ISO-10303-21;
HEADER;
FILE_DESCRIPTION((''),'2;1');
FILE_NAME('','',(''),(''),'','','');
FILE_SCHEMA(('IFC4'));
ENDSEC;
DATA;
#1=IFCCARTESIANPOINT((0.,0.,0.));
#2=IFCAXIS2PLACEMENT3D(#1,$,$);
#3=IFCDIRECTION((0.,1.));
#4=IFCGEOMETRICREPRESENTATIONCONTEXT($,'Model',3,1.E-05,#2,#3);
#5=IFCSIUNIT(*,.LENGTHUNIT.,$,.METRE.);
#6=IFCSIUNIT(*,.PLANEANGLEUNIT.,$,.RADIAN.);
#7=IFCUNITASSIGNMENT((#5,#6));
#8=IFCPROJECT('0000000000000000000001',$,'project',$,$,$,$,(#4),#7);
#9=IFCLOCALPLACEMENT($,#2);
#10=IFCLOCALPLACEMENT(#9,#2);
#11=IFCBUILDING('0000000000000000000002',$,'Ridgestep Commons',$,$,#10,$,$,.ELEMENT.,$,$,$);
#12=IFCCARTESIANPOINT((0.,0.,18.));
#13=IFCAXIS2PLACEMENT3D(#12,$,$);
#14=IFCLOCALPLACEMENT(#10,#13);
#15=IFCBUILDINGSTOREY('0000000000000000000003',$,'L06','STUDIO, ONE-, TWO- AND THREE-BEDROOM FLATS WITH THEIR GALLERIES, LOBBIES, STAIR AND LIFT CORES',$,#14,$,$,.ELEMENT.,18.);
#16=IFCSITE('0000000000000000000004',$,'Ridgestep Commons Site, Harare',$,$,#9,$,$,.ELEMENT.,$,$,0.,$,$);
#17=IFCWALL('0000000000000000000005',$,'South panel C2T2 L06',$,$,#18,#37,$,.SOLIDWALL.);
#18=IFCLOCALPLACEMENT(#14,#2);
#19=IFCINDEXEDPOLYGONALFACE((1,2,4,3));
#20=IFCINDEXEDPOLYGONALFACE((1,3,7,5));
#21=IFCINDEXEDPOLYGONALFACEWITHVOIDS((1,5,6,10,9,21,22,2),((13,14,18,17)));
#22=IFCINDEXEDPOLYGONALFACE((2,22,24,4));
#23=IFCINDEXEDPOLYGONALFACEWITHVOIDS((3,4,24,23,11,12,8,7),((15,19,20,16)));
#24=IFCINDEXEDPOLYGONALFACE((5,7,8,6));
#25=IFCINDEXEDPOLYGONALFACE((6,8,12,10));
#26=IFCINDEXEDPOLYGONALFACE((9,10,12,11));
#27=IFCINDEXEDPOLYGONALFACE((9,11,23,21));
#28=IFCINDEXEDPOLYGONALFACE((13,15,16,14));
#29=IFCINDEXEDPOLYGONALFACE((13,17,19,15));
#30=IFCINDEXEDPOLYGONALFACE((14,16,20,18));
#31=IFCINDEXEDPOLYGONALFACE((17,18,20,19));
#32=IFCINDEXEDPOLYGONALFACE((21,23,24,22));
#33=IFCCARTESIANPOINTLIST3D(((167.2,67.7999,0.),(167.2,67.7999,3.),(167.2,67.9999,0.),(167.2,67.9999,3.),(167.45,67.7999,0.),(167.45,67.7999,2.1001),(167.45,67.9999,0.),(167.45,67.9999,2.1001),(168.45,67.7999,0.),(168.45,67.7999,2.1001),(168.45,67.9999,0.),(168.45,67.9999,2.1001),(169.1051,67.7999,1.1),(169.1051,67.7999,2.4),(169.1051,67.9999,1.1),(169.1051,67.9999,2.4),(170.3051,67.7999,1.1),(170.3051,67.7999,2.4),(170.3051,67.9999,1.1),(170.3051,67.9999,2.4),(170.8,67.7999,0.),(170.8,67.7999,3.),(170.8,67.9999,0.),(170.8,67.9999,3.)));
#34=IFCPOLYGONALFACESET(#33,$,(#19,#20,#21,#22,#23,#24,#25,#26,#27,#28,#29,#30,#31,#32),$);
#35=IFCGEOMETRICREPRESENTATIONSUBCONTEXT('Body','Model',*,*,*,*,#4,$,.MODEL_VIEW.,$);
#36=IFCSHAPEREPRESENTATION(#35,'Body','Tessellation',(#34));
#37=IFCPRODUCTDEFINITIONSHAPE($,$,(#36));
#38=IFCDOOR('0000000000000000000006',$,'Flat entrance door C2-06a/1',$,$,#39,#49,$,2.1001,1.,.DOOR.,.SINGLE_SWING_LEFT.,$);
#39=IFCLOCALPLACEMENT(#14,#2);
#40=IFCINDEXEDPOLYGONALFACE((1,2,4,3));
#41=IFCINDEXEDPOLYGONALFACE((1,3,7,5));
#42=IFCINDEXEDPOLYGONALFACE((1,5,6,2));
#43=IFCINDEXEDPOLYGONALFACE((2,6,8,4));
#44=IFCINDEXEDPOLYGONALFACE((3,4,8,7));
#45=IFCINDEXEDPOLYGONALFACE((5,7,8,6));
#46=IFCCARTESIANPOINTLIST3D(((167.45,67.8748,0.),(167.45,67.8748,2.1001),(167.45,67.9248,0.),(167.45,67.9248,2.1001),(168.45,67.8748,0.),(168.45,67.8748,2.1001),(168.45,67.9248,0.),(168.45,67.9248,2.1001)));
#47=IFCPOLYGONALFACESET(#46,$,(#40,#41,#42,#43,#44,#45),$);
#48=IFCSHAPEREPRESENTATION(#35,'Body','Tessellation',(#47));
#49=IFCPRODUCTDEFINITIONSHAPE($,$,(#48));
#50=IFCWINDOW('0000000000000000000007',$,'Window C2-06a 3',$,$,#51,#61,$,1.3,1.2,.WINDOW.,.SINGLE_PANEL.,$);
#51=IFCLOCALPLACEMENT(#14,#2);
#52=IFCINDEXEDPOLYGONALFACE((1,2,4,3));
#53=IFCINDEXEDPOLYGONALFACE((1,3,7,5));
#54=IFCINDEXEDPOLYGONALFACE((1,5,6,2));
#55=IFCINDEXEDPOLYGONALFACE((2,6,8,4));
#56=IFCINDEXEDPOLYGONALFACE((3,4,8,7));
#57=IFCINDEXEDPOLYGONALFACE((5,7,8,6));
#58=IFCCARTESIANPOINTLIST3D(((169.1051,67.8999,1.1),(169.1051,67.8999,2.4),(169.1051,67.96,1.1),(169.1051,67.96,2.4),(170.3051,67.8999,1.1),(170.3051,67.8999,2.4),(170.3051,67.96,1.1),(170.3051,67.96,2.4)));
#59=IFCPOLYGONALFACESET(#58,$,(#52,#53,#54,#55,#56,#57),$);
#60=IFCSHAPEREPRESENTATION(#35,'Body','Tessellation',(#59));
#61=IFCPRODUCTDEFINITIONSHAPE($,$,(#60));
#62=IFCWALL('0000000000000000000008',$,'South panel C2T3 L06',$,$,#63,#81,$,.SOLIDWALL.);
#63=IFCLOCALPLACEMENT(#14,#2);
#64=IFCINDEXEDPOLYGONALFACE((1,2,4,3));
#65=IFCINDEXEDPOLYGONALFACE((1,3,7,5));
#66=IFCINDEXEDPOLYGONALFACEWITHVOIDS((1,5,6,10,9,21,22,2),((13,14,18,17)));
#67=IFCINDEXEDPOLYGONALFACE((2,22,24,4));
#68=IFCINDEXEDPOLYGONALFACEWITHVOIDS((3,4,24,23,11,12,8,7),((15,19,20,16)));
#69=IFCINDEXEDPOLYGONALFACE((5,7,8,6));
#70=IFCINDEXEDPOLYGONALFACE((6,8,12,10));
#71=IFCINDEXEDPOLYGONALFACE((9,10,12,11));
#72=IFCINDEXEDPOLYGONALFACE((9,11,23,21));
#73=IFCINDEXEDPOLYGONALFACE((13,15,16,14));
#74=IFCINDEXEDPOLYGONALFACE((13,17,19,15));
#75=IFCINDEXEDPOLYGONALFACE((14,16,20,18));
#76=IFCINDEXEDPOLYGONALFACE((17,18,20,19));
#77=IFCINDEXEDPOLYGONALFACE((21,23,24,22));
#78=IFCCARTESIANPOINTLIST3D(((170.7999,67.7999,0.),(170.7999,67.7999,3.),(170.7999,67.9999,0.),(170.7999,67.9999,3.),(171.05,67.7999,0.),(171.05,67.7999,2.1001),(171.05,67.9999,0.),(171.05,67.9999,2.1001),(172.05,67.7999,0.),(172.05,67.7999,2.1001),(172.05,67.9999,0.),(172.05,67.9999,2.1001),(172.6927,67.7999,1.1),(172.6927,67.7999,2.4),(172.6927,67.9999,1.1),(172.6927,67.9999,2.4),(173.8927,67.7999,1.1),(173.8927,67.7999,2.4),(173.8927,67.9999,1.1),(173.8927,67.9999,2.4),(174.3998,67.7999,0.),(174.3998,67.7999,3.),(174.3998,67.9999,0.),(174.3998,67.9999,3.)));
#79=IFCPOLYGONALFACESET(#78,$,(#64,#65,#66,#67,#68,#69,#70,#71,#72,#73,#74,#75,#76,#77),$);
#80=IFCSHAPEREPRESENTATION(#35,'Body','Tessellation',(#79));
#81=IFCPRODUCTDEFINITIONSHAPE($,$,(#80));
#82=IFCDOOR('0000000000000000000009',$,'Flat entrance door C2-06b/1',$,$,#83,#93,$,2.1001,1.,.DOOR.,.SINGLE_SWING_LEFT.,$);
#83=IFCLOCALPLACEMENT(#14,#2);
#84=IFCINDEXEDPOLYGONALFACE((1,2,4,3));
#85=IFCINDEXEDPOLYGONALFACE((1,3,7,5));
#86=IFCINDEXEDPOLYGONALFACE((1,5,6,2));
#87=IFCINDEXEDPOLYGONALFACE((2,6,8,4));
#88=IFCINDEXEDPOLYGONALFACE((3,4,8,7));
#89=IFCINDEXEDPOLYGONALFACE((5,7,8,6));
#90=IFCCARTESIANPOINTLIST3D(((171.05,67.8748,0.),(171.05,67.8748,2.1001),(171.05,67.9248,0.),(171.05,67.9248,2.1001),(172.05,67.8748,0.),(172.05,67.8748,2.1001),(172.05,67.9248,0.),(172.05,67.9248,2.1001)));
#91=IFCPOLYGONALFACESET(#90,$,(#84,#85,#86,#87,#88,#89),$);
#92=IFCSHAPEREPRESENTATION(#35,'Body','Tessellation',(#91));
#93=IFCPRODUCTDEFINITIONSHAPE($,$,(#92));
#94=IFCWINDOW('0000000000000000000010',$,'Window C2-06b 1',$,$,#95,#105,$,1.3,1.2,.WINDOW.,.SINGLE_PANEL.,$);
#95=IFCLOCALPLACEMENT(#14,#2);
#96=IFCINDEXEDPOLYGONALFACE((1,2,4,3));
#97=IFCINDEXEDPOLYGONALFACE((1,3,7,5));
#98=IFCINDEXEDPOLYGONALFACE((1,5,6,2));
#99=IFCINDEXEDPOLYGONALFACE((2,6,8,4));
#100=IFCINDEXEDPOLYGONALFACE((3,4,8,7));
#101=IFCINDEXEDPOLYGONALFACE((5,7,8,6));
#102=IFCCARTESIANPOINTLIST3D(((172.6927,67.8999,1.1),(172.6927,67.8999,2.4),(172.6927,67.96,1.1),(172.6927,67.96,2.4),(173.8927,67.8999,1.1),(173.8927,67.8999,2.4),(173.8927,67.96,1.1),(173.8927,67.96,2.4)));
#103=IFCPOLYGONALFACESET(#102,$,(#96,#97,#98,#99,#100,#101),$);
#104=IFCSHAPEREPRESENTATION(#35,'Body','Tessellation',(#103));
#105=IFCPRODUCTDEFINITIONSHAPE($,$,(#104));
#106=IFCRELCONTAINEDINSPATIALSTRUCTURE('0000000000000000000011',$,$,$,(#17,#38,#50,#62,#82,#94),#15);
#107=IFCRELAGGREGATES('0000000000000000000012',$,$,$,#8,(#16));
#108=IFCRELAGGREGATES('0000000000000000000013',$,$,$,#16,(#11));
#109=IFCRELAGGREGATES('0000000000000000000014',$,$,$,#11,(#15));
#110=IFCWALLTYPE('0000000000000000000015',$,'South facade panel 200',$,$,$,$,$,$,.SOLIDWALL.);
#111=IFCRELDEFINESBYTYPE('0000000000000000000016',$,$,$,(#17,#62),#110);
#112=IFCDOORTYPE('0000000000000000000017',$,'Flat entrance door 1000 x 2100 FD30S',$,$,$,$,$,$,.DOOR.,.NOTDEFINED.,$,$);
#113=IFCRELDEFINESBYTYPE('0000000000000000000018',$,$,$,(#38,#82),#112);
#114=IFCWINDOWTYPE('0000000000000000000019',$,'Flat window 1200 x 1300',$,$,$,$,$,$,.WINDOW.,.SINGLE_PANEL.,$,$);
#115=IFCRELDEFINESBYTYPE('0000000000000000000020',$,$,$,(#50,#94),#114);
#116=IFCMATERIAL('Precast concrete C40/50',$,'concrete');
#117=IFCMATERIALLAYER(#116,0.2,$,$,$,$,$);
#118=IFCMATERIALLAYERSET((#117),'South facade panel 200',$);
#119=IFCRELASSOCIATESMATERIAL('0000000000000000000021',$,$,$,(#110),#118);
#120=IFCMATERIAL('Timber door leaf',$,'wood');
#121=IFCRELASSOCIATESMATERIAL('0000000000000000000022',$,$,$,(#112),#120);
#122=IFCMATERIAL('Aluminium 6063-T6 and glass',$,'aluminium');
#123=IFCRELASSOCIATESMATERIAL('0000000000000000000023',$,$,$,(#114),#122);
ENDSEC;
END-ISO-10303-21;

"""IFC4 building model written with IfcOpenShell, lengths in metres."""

from ifc_helpers import new_model, si_unit, direction, frame, frame_2d, origin, place, context, subcontext, project, spatial, rectangle, extrude, material, layer, layer_set, type_object, element, fill, save


model = new_model("IFC4")

# Units and contexts
model_context = context("Model", 3, precision=1e-05, world=origin(), true_north=direction((0.0, 1.0)))
body_context = subcontext(model_context, "Body", "Model", "MODEL_VIEW")
ifc_project = project(units=[si_unit("LENGTHUNIT", "METRE"), si_unit("PLANEANGLEUNIT", "RADIAN")], contexts=[model_context])

# Site, building, storey
site_placement = place(None, origin())
site = spatial("IfcSite", under=ifc_project, at=site_placement, Name="Ridgestep Commons Site, Harare", CompositionType="ELEMENT", RefElevation=0.0)
building_placement = place(site_placement, origin())
building = spatial("IfcBuilding", under=site, at=building_placement, Name="Ridgestep Commons", CompositionType="ELEMENT")
storey_placement = place(building_placement, frame((0.0, 0.0, 18.0)))
storey = spatial("IfcBuildingStorey", under=building, at=storey_placement, Name="L06", Description="STUDIO, ONE-, TWO- AND THREE-BEDROOM FLATS WITH THEIR GALLERIES, LOBBIES, STAIR AND LIFT CORES", CompositionType="ELEMENT", Elevation=18.0)

# Shared definitions
ifc_material_1 = material(Name="Precast concrete C40/50", Category="concrete")
ifc_layer_1 = layer(ifc_material_1, 0.2)
ifc_layer_set_1 = layer_set([ifc_layer_1], Name="South facade panel 200")
wall_type_1 = type_object("IfcWallType", Name="South facade panel 200", PredefinedType="SOLIDWALL", material=ifc_layer_set_1)

# Walls, openings, doors, windows
wall_1_placement = place(storey_placement, frame((167.2, 67.8999, 0.0), z_axis=(0.0, 0.0, 1.0), x_axis=(1.0, 0.0, 0.0)))
wall_1 = element("IfcWall", 1, at=wall_1_placement, inside=storey, type_object=wall_type_1, Name="South panel C2T2 L06", PredefinedType="SOLIDWALL", context=body_context, shape_type="SweptSolid", body=[
    extrude(rectangle(XDim=3.6001, YDim=0.2, at=frame_2d((1.8, 0.0))), origin(), (0.0, 0.0, 1.0), 3.0),
])
opening_1_placement = place(wall_1_placement, frame((1.905, 0.0, 1.1001)))
opening_1 = element("IfcOpeningElement", 2, at=opening_1_placement, cuts=wall_1, PredefinedType="OPENING", context=body_context, shape_type="SweptSolid", body=[
    extrude(rectangle(XDim=1.2, YDim=1.3, at=frame_2d((0.6001, 0.6499))), frame((0.0, 0.1099, 0.0), z_axis=(0.0, -1.0, 0.0), x_axis=(1.0, 0.0, 0.0)), (0.0, 0.0, 1.0), 0.22),
])
opening_2_placement = place(wall_1_placement, frame((0.25, 0.0, 0.0)))
opening_2 = element("IfcOpeningElement", 3, at=opening_2_placement, cuts=wall_1, PredefinedType="OPENING", context=body_context, shape_type="SweptSolid", body=[
    extrude(rectangle(XDim=1.0, YDim=2.1001, at=frame_2d((0.5, 1.05))), frame((0.0, 0.1099, 0.0), z_axis=(0.0, -1.0, 0.0), x_axis=(1.0, 0.0, 0.0)), (0.0, 0.0, 1.0), 0.22),
])
ifc_material_2 = material(Name="Timber door leaf", Category="wood")
door_type_1 = type_object("IfcDoorType", Name="Flat entrance door 1000 x 2100 FD30S", OperationType="NOTDEFINED", PredefinedType="DOOR", material=ifc_material_2)
door_1_placement = place(opening_2_placement, origin())
door_1 = element("IfcDoor", 4, at=door_1_placement, inside=storey, type_object=door_type_1, Name="Flat entrance door C2-06a/1", OperationType="SINGLE_SWING_LEFT", OverallHeight=2.1001, OverallWidth=1.0, PredefinedType="DOOR", context=body_context, shape_type="SweptSolid", body=[
    extrude(rectangle(XDim=1.0, YDim=2.1001, at=frame_2d((0.5, 1.05))), frame((0.0, 0.0249, 0.0), z_axis=(0.0, -1.0, 0.0), x_axis=(1.0, 0.0, 0.0)), (0.0, 0.0, 1.0), 0.05),
])
fill(opening_2, door_1)
ifc_material_3 = material(Name="Aluminium 6063-T6 and glass", Category="aluminium")
window_type_1 = type_object("IfcWindowType", Name="Flat window 1200 x 1300", PartitioningType="SINGLE_PANEL", PredefinedType="WINDOW", material=ifc_material_3)
window_1_placement = place(opening_1_placement, origin())
window_1 = element("IfcWindow", 5, at=window_1_placement, inside=storey, type_object=window_type_1, Name="Window C2-06a 3", OverallHeight=1.3, OverallWidth=1.2, PartitioningType="SINGLE_PANEL", PredefinedType="WINDOW", context=body_context, shape_type="SweptSolid", body=[
    extrude(rectangle(XDim=1.2, YDim=1.3, at=frame_2d((0.6001, 0.6499))), frame((0.0, 0.0601, 0.0), z_axis=(0.0, -1.0, 0.0), x_axis=(1.0, 0.0, 0.0)), (0.0, 0.0, 1.0), 0.0601),
])
fill(opening_1, window_1)
wall_2_placement = place(storey_placement, frame((170.8, 67.8999, 0.0), z_axis=(0.0, 0.0, 1.0), x_axis=(1.0, 0.0, 0.0)))
wall_2 = element("IfcWall", 6, at=wall_2_placement, inside=storey, type_object=wall_type_1, Name="South panel C2T3 L06", PredefinedType="SOLIDWALL", context=body_context, shape_type="SweptSolid", body=[
    extrude(rectangle(XDim=3.5999, YDim=0.2, at=frame_2d((1.7998, 0.0))), origin(), (0.0, 0.0, 1.0), 3.0),
])
opening_3_placement = place(wall_2_placement, frame((1.8926, 0.0, 1.1001)))
opening_3 = element("IfcOpeningElement", 7, at=opening_3_placement, cuts=wall_2, PredefinedType="OPENING", context=body_context, shape_type="SweptSolid", body=[
    extrude(rectangle(XDim=1.2, YDim=1.3, at=frame_2d((0.6001, 0.6499))), frame((0.0, 0.1099, 0.0), z_axis=(0.0, -1.0, 0.0), x_axis=(1.0, 0.0, 0.0)), (0.0, 0.0, 1.0), 0.22),
])
opening_4_placement = place(wall_2_placement, frame((0.25, 0.0, 0.0)))
opening_4 = element("IfcOpeningElement", 8, at=opening_4_placement, cuts=wall_2, PredefinedType="OPENING", context=body_context, shape_type="SweptSolid", body=[
    extrude(rectangle(XDim=1.0, YDim=2.1001, at=frame_2d((0.5, 1.05))), frame((0.0, 0.1099, 0.0), z_axis=(0.0, -1.0, 0.0), x_axis=(1.0, 0.0, 0.0)), (0.0, 0.0, 1.0), 0.22),
])
door_2_placement = place(opening_4_placement, origin())
door_2 = element("IfcDoor", 9, at=door_2_placement, inside=storey, type_object=door_type_1, Name="Flat entrance door C2-06b/1", OperationType="SINGLE_SWING_LEFT", OverallHeight=2.1001, OverallWidth=1.0, PredefinedType="DOOR", context=body_context, shape_type="SweptSolid", body=[
    extrude(rectangle(XDim=1.0, YDim=2.1001, at=frame_2d((0.5, 1.05))), frame((0.0, 0.0249, 0.0), z_axis=(0.0, -1.0, 0.0), x_axis=(1.0, 0.0, 0.0)), (0.0, 0.0, 1.0), 0.05),
])
fill(opening_4, door_2)
window_2_placement = place(opening_3_placement, origin())
window_2 = element("IfcWindow", 10, at=window_2_placement, inside=storey, type_object=window_type_1, Name="Window C2-06b 1", OverallHeight=1.3, OverallWidth=1.2, PartitioningType="SINGLE_PANEL", PredefinedType="WINDOW", context=body_context, shape_type="SweptSolid", body=[
    extrude(rectangle(XDim=1.2, YDim=1.3, at=frame_2d((0.6001, 0.6499))), frame((0.0, 0.0601, 0.0), z_axis=(0.0, -1.0, 0.0), x_axis=(1.0, 0.0, 0.0)), (0.0, 0.0, 1.0), 0.0601),
])
fill(opening_3, window_2)

save(model, "model.ifc")
